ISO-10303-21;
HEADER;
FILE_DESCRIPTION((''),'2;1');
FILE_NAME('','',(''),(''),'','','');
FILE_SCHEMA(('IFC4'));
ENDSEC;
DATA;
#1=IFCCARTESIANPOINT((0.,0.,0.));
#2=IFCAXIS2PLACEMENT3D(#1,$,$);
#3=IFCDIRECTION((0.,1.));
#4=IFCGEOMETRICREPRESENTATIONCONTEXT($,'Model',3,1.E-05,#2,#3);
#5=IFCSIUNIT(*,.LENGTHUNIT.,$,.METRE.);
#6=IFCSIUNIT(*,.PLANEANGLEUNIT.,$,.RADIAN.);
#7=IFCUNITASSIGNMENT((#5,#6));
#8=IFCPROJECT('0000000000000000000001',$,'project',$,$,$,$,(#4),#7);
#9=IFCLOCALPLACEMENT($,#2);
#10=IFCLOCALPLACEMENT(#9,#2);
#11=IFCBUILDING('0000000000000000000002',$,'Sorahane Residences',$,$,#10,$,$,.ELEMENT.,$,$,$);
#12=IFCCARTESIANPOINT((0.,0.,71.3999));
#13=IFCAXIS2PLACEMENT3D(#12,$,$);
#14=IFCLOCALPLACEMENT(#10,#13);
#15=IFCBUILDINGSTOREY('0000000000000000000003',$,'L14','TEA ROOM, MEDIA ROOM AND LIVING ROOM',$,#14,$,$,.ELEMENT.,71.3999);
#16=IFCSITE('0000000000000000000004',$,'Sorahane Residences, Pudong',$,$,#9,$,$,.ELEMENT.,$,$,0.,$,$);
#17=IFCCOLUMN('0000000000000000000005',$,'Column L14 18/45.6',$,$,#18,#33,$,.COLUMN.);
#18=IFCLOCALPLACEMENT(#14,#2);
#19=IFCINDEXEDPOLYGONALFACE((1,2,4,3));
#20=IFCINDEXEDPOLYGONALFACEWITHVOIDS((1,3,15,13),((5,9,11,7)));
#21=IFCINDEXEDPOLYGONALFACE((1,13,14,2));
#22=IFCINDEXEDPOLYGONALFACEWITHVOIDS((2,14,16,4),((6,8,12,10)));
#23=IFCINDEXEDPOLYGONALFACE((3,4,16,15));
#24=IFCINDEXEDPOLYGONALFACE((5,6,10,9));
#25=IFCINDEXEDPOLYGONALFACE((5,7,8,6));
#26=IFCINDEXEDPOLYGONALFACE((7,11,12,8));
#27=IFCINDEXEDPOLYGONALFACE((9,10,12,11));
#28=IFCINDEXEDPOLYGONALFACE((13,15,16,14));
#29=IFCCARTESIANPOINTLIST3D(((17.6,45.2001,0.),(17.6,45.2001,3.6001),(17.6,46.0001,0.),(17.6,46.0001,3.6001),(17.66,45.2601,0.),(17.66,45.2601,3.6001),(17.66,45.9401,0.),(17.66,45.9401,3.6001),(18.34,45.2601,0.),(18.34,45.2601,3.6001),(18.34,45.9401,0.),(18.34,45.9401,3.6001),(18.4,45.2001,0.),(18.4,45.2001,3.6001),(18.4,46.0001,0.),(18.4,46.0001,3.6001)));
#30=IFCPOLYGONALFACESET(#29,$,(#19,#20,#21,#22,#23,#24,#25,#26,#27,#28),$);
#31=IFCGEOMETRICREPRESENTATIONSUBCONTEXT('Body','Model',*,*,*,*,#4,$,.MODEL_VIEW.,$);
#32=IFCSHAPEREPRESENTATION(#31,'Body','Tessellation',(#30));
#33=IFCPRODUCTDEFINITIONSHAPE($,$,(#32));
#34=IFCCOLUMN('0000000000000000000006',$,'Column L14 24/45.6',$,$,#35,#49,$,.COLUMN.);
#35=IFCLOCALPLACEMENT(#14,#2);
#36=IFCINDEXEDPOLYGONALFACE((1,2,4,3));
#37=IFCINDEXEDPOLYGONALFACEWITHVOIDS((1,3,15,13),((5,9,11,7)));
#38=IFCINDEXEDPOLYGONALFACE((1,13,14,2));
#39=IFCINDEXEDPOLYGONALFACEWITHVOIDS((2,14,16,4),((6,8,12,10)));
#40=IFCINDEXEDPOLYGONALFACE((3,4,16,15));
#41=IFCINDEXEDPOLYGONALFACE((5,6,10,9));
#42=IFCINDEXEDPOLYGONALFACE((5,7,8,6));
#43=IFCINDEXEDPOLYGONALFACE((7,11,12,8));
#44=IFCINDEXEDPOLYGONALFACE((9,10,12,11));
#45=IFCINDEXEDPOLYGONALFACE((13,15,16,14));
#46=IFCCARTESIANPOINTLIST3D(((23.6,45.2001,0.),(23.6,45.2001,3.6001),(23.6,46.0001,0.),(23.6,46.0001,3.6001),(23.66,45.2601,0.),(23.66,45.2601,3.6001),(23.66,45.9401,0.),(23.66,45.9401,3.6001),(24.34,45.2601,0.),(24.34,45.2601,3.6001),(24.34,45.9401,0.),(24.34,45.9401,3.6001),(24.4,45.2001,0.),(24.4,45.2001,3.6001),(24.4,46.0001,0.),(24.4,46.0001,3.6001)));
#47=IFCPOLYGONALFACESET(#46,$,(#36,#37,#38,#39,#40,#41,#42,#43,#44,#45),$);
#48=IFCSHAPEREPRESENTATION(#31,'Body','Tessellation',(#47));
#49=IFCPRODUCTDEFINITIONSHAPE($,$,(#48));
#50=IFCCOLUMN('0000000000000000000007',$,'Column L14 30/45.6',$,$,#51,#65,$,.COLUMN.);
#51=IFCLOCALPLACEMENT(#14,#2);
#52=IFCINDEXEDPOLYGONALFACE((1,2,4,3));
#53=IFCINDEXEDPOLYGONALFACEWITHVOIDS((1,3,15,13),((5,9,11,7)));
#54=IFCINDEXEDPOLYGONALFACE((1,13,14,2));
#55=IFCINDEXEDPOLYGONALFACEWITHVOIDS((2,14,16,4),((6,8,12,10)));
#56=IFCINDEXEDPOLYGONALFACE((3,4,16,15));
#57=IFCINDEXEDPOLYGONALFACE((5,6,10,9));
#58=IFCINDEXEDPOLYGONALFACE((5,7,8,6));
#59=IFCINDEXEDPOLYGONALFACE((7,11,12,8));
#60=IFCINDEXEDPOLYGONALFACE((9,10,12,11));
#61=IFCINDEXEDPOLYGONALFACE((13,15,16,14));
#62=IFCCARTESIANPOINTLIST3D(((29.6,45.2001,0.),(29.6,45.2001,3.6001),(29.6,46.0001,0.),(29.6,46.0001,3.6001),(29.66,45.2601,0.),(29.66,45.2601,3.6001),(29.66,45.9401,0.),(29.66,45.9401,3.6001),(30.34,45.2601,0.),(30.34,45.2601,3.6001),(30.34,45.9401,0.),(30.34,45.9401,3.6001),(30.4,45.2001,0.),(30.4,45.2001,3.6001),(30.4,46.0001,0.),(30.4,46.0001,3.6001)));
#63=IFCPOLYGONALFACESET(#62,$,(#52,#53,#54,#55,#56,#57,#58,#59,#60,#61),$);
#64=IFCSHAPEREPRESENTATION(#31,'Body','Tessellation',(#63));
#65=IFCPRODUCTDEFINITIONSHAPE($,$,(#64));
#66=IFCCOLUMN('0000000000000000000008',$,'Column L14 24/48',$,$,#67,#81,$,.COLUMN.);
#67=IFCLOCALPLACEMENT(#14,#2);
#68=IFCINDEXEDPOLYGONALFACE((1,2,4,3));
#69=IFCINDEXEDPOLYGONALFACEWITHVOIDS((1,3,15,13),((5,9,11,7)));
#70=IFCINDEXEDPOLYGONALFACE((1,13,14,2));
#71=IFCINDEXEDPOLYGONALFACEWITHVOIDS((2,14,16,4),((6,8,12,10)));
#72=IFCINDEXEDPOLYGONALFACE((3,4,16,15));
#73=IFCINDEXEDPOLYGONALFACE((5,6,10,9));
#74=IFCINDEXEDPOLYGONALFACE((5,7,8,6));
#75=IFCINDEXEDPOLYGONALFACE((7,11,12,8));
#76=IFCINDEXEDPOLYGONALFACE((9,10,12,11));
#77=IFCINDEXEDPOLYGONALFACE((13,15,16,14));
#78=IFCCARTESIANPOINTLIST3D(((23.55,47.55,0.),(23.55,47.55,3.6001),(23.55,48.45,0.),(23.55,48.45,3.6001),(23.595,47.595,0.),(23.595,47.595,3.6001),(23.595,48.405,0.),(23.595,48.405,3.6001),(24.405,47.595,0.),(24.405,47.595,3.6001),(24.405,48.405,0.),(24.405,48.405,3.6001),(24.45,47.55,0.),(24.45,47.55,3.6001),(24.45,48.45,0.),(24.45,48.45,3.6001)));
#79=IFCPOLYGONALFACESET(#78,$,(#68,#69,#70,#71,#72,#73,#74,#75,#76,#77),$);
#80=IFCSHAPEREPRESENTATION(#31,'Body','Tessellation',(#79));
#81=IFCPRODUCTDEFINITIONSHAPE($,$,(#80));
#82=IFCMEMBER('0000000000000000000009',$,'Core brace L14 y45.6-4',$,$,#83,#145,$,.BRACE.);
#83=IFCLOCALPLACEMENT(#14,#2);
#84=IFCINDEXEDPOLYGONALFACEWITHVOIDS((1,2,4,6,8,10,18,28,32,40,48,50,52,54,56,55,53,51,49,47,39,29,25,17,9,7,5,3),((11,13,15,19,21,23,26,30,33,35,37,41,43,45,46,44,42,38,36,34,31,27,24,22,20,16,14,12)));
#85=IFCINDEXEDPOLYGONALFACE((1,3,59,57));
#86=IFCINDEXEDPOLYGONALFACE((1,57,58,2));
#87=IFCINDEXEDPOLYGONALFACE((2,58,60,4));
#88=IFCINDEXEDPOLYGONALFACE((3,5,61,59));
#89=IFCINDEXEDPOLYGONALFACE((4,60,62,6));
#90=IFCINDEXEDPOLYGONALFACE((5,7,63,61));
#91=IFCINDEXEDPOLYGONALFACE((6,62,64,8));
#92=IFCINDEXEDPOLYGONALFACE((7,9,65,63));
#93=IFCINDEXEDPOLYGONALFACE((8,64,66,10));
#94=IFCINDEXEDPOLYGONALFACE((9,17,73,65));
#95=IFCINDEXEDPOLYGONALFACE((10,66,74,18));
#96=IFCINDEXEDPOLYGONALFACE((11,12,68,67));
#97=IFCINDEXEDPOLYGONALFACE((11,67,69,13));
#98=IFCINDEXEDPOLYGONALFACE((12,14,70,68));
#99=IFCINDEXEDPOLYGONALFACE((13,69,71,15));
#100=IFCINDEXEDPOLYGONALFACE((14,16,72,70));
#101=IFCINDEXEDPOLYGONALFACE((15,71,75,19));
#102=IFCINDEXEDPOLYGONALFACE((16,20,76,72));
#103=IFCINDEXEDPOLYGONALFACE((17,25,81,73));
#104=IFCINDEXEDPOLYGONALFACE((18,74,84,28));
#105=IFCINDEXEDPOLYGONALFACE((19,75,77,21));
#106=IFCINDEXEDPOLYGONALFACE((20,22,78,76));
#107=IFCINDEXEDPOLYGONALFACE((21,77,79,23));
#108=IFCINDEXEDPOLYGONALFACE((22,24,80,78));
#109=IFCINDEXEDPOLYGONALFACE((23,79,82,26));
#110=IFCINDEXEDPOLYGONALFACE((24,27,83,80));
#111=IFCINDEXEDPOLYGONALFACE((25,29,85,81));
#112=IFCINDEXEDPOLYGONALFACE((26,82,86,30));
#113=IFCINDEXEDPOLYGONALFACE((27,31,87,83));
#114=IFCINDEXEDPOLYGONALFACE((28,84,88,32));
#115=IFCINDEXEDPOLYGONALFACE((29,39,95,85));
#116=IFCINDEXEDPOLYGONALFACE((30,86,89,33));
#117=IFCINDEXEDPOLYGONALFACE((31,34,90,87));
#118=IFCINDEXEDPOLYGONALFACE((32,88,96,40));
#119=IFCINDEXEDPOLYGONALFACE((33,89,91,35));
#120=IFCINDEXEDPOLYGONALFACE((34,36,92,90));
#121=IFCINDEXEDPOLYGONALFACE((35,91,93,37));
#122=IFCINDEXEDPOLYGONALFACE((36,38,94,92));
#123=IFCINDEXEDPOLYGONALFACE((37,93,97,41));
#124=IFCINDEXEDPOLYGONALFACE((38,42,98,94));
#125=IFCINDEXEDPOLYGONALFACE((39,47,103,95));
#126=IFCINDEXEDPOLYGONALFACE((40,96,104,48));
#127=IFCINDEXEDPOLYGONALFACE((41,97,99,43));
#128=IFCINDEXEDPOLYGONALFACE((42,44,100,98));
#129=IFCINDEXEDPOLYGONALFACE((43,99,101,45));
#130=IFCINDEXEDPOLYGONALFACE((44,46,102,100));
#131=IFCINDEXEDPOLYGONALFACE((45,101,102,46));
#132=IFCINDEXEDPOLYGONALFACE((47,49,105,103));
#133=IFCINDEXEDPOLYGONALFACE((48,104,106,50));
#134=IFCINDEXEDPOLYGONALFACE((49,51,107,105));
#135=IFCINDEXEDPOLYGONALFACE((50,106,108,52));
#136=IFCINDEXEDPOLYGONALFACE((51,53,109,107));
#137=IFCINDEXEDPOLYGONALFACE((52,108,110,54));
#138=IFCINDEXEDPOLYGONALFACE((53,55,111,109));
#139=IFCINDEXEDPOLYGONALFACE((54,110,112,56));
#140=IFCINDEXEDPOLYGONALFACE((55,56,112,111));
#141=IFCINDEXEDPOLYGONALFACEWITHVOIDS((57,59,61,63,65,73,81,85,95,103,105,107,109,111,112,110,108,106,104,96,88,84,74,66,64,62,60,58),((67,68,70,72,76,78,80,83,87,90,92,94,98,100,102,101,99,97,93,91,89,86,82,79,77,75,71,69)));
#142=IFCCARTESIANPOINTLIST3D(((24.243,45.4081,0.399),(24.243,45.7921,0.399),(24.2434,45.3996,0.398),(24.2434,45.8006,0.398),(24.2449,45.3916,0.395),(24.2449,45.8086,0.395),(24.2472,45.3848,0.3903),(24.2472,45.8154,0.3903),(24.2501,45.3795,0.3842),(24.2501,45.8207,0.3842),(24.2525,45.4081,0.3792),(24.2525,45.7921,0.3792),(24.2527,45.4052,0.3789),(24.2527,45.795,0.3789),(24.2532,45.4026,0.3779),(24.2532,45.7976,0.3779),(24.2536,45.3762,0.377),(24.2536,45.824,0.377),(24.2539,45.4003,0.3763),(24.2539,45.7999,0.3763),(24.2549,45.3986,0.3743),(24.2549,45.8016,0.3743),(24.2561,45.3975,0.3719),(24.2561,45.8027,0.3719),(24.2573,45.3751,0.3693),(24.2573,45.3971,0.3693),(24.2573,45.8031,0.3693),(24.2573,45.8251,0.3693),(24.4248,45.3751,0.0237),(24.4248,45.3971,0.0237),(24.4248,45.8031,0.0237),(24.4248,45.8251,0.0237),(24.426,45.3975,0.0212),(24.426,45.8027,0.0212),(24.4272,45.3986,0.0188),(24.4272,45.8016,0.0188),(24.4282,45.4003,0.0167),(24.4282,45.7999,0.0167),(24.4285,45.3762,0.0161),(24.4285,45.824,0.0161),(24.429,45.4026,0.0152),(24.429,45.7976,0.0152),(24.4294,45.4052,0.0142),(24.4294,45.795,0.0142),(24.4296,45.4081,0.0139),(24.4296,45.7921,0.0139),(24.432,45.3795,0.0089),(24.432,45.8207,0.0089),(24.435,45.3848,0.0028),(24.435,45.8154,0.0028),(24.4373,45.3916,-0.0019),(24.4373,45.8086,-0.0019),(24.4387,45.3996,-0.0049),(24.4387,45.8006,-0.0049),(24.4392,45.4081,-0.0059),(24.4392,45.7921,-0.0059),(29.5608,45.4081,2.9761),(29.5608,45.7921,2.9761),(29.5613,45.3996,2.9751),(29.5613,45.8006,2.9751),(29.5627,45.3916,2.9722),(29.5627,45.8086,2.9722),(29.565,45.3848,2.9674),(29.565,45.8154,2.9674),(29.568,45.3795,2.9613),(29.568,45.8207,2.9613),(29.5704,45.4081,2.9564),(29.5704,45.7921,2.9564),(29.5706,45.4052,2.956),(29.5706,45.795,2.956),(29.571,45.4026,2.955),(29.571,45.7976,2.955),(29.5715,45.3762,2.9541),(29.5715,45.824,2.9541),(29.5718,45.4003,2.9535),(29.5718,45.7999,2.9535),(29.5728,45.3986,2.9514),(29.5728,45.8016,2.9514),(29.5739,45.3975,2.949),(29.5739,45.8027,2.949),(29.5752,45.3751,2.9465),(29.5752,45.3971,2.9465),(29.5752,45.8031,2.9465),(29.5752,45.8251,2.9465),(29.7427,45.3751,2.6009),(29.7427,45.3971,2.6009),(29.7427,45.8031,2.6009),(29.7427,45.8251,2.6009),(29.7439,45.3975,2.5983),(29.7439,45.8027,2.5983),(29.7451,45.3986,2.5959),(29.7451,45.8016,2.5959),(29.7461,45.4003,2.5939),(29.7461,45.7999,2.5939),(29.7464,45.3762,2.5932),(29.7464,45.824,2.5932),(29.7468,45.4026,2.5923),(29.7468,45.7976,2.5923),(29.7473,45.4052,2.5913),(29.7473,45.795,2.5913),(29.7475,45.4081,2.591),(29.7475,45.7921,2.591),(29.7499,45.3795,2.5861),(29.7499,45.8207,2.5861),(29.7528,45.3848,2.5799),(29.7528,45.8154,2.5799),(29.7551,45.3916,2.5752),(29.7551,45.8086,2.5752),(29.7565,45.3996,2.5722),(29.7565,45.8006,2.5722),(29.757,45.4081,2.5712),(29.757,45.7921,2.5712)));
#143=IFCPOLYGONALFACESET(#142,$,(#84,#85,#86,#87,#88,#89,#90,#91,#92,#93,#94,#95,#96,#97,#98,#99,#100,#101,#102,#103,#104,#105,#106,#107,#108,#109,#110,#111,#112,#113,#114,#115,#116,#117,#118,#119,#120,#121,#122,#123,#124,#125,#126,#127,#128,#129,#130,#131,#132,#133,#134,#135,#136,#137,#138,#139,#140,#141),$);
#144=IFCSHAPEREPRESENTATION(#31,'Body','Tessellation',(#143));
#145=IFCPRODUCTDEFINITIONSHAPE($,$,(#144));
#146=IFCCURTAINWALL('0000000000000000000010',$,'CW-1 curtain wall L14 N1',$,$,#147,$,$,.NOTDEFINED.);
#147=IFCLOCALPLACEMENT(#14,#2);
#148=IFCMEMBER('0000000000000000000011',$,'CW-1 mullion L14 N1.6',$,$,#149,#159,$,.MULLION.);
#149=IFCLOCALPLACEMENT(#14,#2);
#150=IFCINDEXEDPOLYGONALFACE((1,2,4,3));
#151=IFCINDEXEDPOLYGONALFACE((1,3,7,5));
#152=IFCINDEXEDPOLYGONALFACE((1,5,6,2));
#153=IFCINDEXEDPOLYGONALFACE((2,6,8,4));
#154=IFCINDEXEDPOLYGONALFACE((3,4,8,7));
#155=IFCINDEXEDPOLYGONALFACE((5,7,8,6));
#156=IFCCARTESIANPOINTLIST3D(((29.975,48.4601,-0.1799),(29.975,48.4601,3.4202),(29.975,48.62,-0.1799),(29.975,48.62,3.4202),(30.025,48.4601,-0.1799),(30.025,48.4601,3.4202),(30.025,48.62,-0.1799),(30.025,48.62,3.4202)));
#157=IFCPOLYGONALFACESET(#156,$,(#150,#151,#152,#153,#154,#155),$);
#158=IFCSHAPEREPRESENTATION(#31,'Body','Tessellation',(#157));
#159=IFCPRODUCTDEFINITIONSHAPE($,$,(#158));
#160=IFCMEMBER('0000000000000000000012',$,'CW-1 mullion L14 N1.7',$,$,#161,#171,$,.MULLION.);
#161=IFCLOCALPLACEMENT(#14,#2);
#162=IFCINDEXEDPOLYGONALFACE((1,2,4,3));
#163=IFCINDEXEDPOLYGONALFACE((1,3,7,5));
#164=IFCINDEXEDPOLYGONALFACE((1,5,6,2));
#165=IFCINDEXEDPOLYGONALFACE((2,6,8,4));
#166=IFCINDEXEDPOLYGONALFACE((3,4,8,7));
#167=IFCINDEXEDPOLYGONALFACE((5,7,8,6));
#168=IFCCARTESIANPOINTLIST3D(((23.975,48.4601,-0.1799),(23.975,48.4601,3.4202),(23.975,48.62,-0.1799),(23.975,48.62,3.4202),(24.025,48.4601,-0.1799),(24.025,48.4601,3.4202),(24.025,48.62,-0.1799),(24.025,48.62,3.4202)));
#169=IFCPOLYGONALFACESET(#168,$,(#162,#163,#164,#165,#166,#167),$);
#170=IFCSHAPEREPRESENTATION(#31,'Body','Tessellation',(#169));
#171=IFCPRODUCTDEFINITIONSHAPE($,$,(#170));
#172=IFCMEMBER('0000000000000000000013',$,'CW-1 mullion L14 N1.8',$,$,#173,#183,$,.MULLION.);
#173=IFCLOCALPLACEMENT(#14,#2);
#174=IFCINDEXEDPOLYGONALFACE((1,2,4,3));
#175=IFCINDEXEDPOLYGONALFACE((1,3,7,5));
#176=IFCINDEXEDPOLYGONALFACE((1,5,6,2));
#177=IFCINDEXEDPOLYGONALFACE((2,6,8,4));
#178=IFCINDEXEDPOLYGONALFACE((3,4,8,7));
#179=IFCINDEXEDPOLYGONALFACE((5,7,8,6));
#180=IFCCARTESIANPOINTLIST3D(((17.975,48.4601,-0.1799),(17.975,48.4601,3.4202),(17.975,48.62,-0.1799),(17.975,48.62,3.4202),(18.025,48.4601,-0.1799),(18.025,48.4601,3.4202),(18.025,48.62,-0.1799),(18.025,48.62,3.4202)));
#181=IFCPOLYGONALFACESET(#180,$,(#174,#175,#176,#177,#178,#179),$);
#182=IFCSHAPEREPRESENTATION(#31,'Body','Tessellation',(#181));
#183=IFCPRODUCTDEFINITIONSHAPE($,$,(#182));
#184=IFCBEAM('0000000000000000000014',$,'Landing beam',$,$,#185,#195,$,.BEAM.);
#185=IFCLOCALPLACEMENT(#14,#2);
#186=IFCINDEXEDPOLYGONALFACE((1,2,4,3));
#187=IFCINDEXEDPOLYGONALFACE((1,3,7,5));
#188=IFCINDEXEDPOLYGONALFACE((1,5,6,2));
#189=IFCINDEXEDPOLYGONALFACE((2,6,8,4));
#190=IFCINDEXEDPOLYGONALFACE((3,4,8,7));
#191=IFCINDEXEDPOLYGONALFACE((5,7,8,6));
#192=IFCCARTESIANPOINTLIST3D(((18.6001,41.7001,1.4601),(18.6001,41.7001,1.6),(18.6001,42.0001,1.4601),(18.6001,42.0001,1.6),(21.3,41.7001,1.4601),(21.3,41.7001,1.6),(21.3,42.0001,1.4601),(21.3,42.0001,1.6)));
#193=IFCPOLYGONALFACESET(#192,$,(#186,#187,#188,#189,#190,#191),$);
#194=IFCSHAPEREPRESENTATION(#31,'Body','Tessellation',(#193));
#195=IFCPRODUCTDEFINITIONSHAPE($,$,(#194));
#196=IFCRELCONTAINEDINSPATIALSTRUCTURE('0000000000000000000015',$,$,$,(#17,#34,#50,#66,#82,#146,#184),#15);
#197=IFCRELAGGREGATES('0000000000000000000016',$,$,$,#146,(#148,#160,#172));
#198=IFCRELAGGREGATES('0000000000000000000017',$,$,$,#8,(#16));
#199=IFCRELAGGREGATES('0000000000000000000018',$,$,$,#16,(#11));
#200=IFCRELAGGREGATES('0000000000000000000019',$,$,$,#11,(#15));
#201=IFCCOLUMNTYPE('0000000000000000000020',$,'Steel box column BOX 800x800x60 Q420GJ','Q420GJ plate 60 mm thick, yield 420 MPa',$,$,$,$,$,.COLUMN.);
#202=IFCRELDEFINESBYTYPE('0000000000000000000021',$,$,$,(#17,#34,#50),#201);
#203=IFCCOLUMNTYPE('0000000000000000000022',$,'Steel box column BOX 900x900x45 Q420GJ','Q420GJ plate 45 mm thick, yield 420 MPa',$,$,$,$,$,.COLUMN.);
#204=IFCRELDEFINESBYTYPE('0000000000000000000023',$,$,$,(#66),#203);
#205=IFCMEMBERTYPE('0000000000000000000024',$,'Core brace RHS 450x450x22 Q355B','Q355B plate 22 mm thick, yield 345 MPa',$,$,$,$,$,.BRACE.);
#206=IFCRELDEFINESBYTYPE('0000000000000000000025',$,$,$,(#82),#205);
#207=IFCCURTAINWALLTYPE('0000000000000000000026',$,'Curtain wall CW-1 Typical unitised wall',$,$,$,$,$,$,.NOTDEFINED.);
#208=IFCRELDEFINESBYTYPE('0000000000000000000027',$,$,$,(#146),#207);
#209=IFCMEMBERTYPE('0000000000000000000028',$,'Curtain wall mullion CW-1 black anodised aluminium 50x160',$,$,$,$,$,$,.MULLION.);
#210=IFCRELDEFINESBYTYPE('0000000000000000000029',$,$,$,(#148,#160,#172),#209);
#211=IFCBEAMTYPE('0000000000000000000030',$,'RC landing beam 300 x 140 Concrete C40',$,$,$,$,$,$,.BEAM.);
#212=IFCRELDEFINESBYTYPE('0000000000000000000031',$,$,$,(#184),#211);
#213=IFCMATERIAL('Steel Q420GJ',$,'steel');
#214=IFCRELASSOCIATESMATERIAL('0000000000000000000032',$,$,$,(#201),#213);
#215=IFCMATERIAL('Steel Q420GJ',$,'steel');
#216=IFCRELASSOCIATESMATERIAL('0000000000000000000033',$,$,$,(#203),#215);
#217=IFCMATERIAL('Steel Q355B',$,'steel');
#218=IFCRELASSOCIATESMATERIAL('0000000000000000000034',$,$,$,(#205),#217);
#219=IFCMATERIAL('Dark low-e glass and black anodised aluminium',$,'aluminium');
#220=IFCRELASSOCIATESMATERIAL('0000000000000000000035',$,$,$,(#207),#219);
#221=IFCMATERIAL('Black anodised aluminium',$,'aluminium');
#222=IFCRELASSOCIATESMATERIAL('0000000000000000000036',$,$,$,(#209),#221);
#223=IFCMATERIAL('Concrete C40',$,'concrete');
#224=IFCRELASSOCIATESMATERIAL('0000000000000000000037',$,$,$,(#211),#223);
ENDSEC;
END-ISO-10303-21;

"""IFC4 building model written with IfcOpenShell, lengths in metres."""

from ifc_helpers import new_model, si_unit, direction, frame, origin, origin_2d, place, context, subcontext, project, spatial, rectangle, hollow_rectangle, extrude, material, material_profile, profile_set, type_object, element, aggregate, save


model = new_model("IFC4")

# Units and contexts
model_context = context("Model", 3, precision=1e-05, world=origin(), true_north=direction((0.0, 1.0)))
body_context = subcontext(model_context, "Body", "Model", "MODEL_VIEW")
ifc_project = project(units=[si_unit("LENGTHUNIT", "METRE"), si_unit("PLANEANGLEUNIT", "RADIAN")], contexts=[model_context])

# Site, building, storey
site_placement = place(None, origin())
site = spatial("IfcSite", under=ifc_project, at=site_placement, Name="Sorahane Residences, Pudong", CompositionType="ELEMENT", RefElevation=0.0)
building_placement = place(site_placement, origin())
building = spatial("IfcBuilding", under=site, at=building_placement, Name="Sorahane Residences", CompositionType="ELEMENT")
storey_placement = place(building_placement, frame((0.0, 0.0, 71.3999)))
storey = spatial("IfcBuildingStorey", under=building, at=storey_placement, Name="L14", Description="TEA ROOM, MEDIA ROOM AND LIVING ROOM", CompositionType="ELEMENT", Elevation=71.3999)

# Columns
ifc_material_1 = material(Name="Steel Q420GJ", Category="steel")
ifc_material_profile_1 = material_profile(ifc_material_1, hollow_rectangle(XDim=0.8, YDim=0.8, WallThickness=0.0601, at=origin_2d()), Name="BOX 800x800x60")
ifc_profile_set_1 = profile_set([ifc_material_profile_1], Name="Steel Q420GJ")
column_type_1 = type_object("IfcColumnType", Name="Steel box column BOX 800x800x60 Q420GJ", Description="Q420GJ plate 60 mm thick, yield 420 MPa", PredefinedType="COLUMN", material=ifc_profile_set_1)
for number, where, z_axis, x_axis, name in (
    (1, (18.0, 45.6001, 0.0), (0.0, 0.0, 1.0), (1.0, 0.0, 0.0), "Column L14 18/45.6"),
    (2, (24.0, 45.6001, 0.0), (0.0, 0.0, 1.0), (1.0, 0.0, 0.0), "Column L14 24/45.6"),
    (3, (30.0, 45.6001, 0.0), (0.0, 0.0, 1.0), (1.0, 0.0, 0.0), "Column L14 30/45.6"),
):
    element("IfcColumn", number, at=place(storey_placement, frame(where, z_axis=z_axis, x_axis=x_axis)), inside=storey, type_object=column_type_1, Name=name, PredefinedType="COLUMN", context=body_context, shape_type="SweptSolid", body=[
        extrude(hollow_rectangle(XDim=0.8, YDim=0.8, WallThickness=0.0601, at=origin_2d()), origin(), (0.0, 0.0, 1.0), 3.6001),
    ])
ifc_material_2 = material(Name="Steel Q420GJ", Category="steel")
ifc_material_profile_2 = material_profile(ifc_material_2, hollow_rectangle(XDim=0.8999, YDim=0.8999, WallThickness=0.0449, at=origin_2d()), Name="BOX 900x900x45")
ifc_profile_set_2 = profile_set([ifc_material_profile_2], Name="Steel Q420GJ")
column_type_2 = type_object("IfcColumnType", Name="Steel box column BOX 900x900x45 Q420GJ", Description="Q420GJ plate 45 mm thick, yield 420 MPa", PredefinedType="COLUMN", material=ifc_profile_set_2)
column_placement = place(storey_placement, frame((24.0, 48.0, 0.0), z_axis=(0.0, 0.0, 1.0), x_axis=(1.0, 0.0, 0.0)))
element("IfcColumn", 4, at=column_placement, inside=storey, type_object=column_type_2, Name="Column L14 24/48", PredefinedType="COLUMN", context=body_context, shape_type="SweptSolid", body=[
    extrude(hollow_rectangle(XDim=0.8999, YDim=0.8999, WallThickness=0.0449, at=origin_2d()), origin(), (0.0, 0.0, 1.0), 3.6001),
])

# Member
ifc_material_3 = material(Name="Steel Q355B", Category="steel")
ifc_material_profile_3 = material_profile(ifc_material_3, hollow_rectangle(XDim=0.45, YDim=0.45, WallThickness=0.022, InnerFilletRadius=0.011, OuterFilletRadius=0.033, at=origin_2d()), Name="RHS 450x450x22")
ifc_profile_set_3 = profile_set([ifc_material_profile_3], Name="Steel Q355B")
member_type_1 = type_object("IfcMemberType", Name="Core brace RHS 450x450x22 Q355B", Description="Q355B plate 22 mm thick, yield 345 MPa", PredefinedType="BRACE", material=ifc_profile_set_3)
member_1_placement = place(storey_placement, frame((24.3411, 45.6001, 0.1965), z_axis=(0.899895, 0.0, 0.436107), x_axis=(0.0, 1.0, 0.0)))
element("IfcMember", 5, at=member_1_placement, inside=storey, type_object=member_type_1, Name="Core brace L14 y45.6-4", PredefinedType="BRACE", context=body_context, shape_type="SweptSolid", body=[
    extrude(hollow_rectangle(XDim=0.45, YDim=0.45, WallThickness=0.022, InnerFilletRadius=0.011, OuterFilletRadius=0.033, at=origin_2d()), origin(), (0.0, 0.0, 1.0), 5.9094),
])

# Curtain wall, members
ifc_material_4 = material(Name="Dark low-e glass and black anodised aluminium", Category="aluminium")
curtain_wall_type = type_object("IfcCurtainWallType", Name="Curtain wall CW-1 Typical unitised wall", PredefinedType="NOTDEFINED", material=ifc_material_4)
curtain_wall_placement = place(storey_placement, origin())
curtain_wall = element("IfcCurtainWall", 6, at=curtain_wall_placement, inside=storey, type_object=curtain_wall_type, Name="CW-1 curtain wall L14 N1", PredefinedType="NOTDEFINED")
ifc_material_5 = material(Name="Black anodised aluminium", Category="aluminium")
ifc_material_profile_4 = material_profile(ifc_material_5, rectangle(XDim=0.1599, YDim=0.05, at=origin_2d()), Name="Curtain wall mullion CW-1 black anodised aluminium 50x160")
ifc_profile_set_4 = profile_set([ifc_material_profile_4], Name="Black anodised aluminium")
member_type_2 = type_object("IfcMemberType", Name="Curtain wall mullion CW-1 black anodised aluminium 50x160", PredefinedType="MULLION", material=ifc_profile_set_4)
member_2_placement = place(storey_placement, frame((30.0, 48.54, -0.1799), z_axis=(0.0, 0.0, 1.0), x_axis=(0.0, 1.0, 0.0)))
member_2 = element("IfcMember", 7, at=member_2_placement, type_object=member_type_2, Name="CW-1 mullion L14 N1.6", PredefinedType="MULLION", context=body_context, shape_type="SweptSolid", body=[
    extrude(rectangle(XDim=0.1599, YDim=0.05, at=origin_2d()), origin(), (0.0, 0.0, 1.0), 3.6001),
])
member_3_placement = place(storey_placement, frame((24.0, 48.54, -0.1799), z_axis=(0.0, 0.0, 1.0), x_axis=(0.0, 1.0, 0.0)))
member_3 = element("IfcMember", 8, at=member_3_placement, type_object=member_type_2, Name="CW-1 mullion L14 N1.7", PredefinedType="MULLION", context=body_context, shape_type="SweptSolid", body=[
    extrude(rectangle(XDim=0.1599, YDim=0.05, at=origin_2d()), origin(), (0.0, 0.0, 1.0), 3.6001),
])
member_4_placement = place(storey_placement, frame((18.0, 48.54, -0.1799), z_axis=(0.0, 0.0, 1.0), x_axis=(0.0, 1.0, 0.0)))
member_4 = element("IfcMember", 9, at=member_4_placement, type_object=member_type_2, Name="CW-1 mullion L14 N1.8", PredefinedType="MULLION", context=body_context, shape_type="SweptSolid", body=[
    extrude(rectangle(XDim=0.1599, YDim=0.05, at=origin_2d()), origin(), (0.0, 0.0, 1.0), 3.6001),
])

# Beam
ifc_material_6 = material(Name="Concrete C40", Category="concrete")
ifc_material_profile_5 = material_profile(ifc_material_6, rectangle(XDim=0.3, YDim=0.1399, at=origin_2d()), Name="300x140")
ifc_profile_set_5 = profile_set([ifc_material_profile_5], Name="Concrete C40")
beam_type_1 = type_object("IfcBeamType", Name="RC landing beam 300 x 140 Concrete C40", PredefinedType="BEAM", material=ifc_profile_set_5)
for number, where, z_axis, x_axis, name in (
    (10, (18.6001, 41.8501, 1.53), (1.0, 0.0, 0.0), (0.0, 1.0, 0.0), "Landing beam"),
):
    element("IfcBeam", number, at=place(storey_placement, frame(where, z_axis=z_axis, x_axis=x_axis)), inside=storey, type_object=beam_type_1, Name=name, PredefinedType="BEAM", context=body_context, shape_type="SweptSolid", body=[
        extrude(rectangle(XDim=0.3, YDim=0.1399, at=origin_2d()), origin(), (0.0, 0.0, 1.0), 2.7),
    ])

aggregate(curtain_wall, [member_2, member_3, member_4])

save(model, "model.ifc")
